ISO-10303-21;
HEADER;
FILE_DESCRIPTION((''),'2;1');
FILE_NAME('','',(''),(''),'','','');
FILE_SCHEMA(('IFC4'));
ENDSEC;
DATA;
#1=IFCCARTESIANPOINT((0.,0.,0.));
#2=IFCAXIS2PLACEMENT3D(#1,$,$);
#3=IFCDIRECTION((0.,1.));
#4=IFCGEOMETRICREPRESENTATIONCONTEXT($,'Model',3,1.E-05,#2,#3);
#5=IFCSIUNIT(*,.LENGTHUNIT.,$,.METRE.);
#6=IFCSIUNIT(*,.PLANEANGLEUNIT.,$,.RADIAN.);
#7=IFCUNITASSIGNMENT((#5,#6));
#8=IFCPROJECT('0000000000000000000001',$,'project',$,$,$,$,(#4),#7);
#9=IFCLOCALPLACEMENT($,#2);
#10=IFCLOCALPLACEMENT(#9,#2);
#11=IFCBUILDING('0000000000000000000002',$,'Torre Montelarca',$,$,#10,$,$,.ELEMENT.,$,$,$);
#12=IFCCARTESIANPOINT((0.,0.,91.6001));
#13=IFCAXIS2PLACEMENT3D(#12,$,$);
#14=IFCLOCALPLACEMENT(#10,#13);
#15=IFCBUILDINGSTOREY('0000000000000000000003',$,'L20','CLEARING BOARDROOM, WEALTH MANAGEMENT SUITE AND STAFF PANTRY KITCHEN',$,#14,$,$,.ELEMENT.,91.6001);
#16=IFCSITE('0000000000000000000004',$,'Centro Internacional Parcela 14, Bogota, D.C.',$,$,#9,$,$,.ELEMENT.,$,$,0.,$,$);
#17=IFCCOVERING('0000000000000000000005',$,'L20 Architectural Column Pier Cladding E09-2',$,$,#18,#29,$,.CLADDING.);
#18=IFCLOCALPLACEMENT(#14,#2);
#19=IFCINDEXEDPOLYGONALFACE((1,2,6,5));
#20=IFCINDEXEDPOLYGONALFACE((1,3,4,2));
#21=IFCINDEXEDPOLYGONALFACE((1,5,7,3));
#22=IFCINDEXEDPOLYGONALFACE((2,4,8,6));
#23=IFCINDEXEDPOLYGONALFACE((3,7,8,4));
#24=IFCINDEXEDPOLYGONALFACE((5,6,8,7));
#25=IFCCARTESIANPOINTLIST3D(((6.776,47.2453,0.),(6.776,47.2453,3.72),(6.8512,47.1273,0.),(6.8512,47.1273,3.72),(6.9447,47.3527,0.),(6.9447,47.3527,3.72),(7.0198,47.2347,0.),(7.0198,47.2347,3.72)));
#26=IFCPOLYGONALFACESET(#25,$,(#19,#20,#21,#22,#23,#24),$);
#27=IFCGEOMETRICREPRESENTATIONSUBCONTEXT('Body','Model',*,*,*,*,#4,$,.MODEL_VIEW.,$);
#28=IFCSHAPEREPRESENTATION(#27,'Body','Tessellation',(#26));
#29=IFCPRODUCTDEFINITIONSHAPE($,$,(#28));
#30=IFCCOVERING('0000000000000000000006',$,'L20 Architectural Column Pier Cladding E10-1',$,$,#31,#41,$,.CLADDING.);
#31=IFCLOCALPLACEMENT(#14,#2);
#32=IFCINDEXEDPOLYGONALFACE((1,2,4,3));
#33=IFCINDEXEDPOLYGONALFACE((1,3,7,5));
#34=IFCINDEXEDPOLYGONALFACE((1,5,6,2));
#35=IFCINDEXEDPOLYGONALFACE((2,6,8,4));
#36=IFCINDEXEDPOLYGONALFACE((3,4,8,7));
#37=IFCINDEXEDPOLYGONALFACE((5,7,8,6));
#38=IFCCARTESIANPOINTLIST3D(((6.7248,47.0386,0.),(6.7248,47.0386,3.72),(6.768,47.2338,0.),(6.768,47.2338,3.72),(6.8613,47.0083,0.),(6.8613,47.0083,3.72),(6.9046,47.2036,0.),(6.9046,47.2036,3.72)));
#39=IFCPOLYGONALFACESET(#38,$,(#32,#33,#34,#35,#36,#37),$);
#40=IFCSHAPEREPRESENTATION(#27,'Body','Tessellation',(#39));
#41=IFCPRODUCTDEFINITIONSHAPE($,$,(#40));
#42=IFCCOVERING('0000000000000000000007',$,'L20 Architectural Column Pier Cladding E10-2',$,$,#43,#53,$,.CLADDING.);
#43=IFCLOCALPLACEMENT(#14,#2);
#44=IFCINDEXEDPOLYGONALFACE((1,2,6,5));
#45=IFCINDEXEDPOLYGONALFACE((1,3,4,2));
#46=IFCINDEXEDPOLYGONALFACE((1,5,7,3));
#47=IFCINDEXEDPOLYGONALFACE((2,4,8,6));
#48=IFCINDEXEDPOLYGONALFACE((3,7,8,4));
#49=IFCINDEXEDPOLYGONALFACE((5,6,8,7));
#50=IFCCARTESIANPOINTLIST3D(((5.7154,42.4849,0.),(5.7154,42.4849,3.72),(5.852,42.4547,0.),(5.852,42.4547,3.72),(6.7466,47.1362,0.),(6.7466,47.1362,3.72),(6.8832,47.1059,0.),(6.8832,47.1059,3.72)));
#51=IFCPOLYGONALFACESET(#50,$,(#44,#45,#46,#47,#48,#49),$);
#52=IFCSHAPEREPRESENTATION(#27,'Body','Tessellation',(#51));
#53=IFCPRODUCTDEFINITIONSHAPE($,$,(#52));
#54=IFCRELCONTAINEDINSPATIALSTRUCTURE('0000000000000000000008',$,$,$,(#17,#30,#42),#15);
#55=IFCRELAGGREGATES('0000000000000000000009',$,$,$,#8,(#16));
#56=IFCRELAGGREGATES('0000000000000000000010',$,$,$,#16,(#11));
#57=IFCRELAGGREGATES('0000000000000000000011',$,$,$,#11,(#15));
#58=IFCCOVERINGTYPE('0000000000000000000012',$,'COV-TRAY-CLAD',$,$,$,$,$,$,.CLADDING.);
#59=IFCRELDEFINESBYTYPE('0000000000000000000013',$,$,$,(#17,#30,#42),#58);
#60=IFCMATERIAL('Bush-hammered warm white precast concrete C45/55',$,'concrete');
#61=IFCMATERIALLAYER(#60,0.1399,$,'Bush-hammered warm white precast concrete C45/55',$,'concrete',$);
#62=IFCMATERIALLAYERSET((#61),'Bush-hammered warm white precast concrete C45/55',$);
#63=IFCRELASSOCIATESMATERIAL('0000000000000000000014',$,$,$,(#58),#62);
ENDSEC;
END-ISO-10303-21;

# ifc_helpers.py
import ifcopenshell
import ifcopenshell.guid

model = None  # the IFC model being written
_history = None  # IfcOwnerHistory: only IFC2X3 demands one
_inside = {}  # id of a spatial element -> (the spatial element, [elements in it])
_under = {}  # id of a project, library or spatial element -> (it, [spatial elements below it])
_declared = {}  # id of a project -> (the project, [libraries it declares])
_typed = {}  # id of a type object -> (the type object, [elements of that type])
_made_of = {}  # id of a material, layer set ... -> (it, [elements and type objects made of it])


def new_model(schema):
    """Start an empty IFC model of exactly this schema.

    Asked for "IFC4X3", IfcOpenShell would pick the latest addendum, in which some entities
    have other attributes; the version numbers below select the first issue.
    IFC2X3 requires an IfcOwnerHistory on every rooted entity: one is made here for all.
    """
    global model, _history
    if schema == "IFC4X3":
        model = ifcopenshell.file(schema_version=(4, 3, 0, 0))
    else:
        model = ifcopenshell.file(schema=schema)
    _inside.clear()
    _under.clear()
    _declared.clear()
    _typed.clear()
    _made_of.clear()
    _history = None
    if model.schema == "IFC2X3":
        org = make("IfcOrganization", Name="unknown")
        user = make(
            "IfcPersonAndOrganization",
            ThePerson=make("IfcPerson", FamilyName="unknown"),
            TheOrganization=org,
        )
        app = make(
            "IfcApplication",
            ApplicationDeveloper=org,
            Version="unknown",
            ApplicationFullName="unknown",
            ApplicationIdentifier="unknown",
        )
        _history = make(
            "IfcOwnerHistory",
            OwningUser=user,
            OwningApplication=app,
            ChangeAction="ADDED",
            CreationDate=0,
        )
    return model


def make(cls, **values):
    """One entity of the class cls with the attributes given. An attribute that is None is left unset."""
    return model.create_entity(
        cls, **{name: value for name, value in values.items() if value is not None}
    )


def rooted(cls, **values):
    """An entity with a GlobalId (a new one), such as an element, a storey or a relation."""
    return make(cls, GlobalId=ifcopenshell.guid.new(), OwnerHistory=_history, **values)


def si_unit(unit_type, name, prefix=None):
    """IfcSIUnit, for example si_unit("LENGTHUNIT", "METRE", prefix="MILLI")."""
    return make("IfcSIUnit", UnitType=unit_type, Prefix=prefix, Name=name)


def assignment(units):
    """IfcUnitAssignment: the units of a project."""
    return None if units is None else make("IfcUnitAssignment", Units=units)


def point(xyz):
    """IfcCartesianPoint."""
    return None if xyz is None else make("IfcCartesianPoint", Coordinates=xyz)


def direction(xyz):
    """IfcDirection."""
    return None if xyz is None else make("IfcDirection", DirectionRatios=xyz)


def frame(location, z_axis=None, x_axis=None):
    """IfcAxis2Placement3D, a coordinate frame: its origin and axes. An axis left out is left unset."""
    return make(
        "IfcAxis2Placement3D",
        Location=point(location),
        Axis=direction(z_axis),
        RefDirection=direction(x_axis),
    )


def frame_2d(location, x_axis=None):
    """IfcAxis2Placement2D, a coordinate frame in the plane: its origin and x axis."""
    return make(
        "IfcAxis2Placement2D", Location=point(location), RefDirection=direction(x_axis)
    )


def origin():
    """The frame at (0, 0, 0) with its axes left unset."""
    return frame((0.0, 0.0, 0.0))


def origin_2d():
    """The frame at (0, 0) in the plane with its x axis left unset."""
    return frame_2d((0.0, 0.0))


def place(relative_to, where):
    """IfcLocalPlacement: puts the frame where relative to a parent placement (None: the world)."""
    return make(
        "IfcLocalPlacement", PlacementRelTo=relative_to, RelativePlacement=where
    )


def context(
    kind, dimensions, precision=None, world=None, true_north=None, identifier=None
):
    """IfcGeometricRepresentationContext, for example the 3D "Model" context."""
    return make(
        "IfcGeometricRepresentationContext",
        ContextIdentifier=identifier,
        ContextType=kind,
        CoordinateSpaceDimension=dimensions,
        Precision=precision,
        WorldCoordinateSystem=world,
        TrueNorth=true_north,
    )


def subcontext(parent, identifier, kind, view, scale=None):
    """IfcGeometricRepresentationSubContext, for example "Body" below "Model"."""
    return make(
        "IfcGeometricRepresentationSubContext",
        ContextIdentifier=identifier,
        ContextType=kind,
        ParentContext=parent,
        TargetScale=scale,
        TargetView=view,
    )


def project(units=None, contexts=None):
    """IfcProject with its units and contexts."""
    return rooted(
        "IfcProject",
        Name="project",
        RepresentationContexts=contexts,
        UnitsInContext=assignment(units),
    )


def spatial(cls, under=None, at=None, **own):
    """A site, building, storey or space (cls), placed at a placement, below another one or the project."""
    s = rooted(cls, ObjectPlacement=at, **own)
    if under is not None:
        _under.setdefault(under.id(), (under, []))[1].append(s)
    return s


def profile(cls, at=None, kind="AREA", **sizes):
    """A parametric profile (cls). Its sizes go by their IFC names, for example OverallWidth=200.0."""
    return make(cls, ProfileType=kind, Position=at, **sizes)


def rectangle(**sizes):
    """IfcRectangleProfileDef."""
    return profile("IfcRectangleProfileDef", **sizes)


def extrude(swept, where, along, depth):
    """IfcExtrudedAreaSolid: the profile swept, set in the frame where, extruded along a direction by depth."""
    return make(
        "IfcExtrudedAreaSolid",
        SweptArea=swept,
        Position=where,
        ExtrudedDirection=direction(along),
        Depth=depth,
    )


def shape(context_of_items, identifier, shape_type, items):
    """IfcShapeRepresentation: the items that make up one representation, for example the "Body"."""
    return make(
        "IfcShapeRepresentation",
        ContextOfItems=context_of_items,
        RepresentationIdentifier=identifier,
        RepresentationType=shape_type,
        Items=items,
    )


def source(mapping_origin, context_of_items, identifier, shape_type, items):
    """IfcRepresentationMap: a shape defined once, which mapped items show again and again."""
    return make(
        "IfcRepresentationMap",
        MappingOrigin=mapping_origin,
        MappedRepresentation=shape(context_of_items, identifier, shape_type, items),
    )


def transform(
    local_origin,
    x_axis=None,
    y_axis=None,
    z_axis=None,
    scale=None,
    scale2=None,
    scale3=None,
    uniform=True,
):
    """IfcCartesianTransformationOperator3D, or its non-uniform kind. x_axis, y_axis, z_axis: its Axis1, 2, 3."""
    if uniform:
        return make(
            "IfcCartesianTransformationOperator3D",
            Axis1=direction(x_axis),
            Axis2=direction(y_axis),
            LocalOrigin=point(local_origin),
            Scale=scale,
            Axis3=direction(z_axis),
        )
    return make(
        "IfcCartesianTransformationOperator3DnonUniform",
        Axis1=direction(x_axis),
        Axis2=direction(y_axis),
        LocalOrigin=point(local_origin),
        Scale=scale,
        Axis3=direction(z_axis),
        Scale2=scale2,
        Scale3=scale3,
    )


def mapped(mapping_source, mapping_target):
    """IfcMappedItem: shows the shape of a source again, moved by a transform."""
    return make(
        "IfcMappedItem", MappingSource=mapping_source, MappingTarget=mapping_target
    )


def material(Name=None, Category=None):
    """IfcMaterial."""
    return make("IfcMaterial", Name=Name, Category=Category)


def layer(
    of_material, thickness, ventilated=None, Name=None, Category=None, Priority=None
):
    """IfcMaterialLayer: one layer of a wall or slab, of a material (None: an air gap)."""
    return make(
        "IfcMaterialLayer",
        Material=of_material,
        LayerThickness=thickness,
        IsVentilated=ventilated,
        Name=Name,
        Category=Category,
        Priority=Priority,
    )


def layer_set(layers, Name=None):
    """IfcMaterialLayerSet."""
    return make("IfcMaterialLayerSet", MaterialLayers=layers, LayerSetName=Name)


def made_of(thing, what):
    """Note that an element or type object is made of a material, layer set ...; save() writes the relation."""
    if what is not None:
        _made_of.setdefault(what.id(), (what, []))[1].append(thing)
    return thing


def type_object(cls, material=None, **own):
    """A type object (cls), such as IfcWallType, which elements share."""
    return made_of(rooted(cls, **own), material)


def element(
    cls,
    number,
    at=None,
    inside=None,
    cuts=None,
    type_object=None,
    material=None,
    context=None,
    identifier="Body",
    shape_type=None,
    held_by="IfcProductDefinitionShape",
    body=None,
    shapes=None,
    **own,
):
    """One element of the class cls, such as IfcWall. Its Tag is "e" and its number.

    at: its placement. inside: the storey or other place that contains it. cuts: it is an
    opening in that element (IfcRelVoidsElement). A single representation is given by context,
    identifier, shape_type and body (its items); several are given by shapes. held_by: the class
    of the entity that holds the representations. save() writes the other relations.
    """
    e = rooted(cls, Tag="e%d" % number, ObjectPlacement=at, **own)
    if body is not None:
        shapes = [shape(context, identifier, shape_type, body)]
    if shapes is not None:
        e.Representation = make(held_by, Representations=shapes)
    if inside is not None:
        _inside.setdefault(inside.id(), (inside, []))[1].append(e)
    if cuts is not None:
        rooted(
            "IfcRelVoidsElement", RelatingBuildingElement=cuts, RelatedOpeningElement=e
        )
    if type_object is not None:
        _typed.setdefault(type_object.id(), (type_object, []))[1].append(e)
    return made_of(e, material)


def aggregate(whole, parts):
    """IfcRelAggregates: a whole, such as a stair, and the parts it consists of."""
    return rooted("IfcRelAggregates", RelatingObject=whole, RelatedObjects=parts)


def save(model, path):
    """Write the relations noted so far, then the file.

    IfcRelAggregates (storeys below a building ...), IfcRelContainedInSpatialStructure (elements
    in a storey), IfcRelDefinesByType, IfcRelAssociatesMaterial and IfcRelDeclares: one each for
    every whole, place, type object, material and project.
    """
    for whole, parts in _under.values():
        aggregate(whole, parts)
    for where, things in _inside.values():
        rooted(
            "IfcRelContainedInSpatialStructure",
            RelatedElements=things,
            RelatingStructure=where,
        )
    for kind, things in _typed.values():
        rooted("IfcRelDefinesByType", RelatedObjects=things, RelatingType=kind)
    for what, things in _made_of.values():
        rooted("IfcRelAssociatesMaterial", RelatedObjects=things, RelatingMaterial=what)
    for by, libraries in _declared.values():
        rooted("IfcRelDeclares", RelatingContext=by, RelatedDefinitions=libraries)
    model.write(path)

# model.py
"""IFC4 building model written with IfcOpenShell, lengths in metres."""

from ifc_helpers import new_model, si_unit, direction, frame, origin, origin_2d, place, context, subcontext, project, spatial, rectangle, extrude, source, transform, mapped, material, layer, layer_set, type_object, element, save


model = new_model("IFC4")

# Units and contexts
model_context = context("Model", 3, precision=1e-05, world=origin(), true_north=direction((0.0, 1.0)))
body_context = subcontext(model_context, "Body", "Model", "MODEL_VIEW")
ifc_project = project(units=[si_unit("LENGTHUNIT", "METRE"), si_unit("PLANEANGLEUNIT", "RADIAN")], contexts=[model_context])

# Site, building, storey
site_placement = place(None, origin())
site = spatial("IfcSite", under=ifc_project, at=site_placement, Name="Centro Internacional Parcela 14, Bogota, D.C.", CompositionType="ELEMENT", RefElevation=0.0)
building_placement = place(site_placement, origin())
building = spatial("IfcBuilding", under=site, at=building_placement, Name="Torre Montelarca", CompositionType="ELEMENT")
storey_placement = place(building_placement, frame((0.0, 0.0, 91.6001)))
storey = spatial("IfcBuildingStorey", under=building, at=storey_placement, Name="L20", Description="CLEARING BOARDROOM, WEALTH MANAGEMENT SUITE AND STAFF PANTRY KITCHEN", CompositionType="ELEMENT", Elevation=91.6001)

# Coverings
ifc_material_1 = material(Name="Bush-hammered warm white precast concrete C45/55", Category="concrete")
ifc_layer_1 = layer(ifc_material_1, 0.1399, Name="Bush-hammered warm white precast concrete C45/55", Category="concrete")
ifc_layer_set_1 = layer_set([ifc_layer_1], Name="Bush-hammered warm white precast concrete C45/55")
covering_type = type_object("IfcCoveringType", Name="COV-TRAY-CLAD", PredefinedType="CLADDING", material=ifc_layer_set_1)
shared_shape_1 = source(origin(), body_context, "Body", "SweptSolid", [
    extrude(rectangle(XDim=0.2, YDim=0.1399, at=origin_2d()), origin(), (0.0, 0.0, 1.0), 3.72),
])
for number, where, z_axis, x_axis, name in (
    (1, (6.8979, 47.24, 0.0), (0.0, 0.0, 1.0), (-0.843382, -0.537314, 0.0), "L20 Architectural Column Pier Cladding E09-2"),
    (2, (6.8147, 47.1211, 0.0), (0.0, 0.0, 1.0), (-0.216441, -0.976296, 0.0), "L20 Architectural Column Pier Cladding E10-1"),
):
    element("IfcCovering", number, at=place(storey_placement, frame(where, z_axis=z_axis, x_axis=x_axis)), inside=storey, type_object=covering_type, Name=name, PredefinedType="CLADDING", context=body_context, shape_type="MappedRepresentation", body=[
        mapped(shared_shape_1, transform((0.0, 0.0, 0.0), scale=1.0)),
    ])
shared_shape_2 = source(origin(), body_context, "Body", "SweptSolid", [
    extrude(rectangle(XDim=4.7642, YDim=0.1399, at=origin_2d()), origin(), (0.0, 0.0, 1.0), 3.72),
])
covering_1_placement = place(storey_placement, frame((6.2993, 44.7954, 0.0), z_axis=(0.0, 0.0, 1.0), x_axis=(-0.216441, -0.976296, 0.0)))
element("IfcCovering", 3, at=covering_1_placement, inside=storey, type_object=covering_type, Name="L20 Architectural Column Pier Cladding E10-2", PredefinedType="CLADDING", context=body_context, shape_type="MappedRepresentation", body=[
    mapped(shared_shape_2, transform((0.0, 0.0, 0.0), scale=1.0)),
])

save(model, "model.ifc")
